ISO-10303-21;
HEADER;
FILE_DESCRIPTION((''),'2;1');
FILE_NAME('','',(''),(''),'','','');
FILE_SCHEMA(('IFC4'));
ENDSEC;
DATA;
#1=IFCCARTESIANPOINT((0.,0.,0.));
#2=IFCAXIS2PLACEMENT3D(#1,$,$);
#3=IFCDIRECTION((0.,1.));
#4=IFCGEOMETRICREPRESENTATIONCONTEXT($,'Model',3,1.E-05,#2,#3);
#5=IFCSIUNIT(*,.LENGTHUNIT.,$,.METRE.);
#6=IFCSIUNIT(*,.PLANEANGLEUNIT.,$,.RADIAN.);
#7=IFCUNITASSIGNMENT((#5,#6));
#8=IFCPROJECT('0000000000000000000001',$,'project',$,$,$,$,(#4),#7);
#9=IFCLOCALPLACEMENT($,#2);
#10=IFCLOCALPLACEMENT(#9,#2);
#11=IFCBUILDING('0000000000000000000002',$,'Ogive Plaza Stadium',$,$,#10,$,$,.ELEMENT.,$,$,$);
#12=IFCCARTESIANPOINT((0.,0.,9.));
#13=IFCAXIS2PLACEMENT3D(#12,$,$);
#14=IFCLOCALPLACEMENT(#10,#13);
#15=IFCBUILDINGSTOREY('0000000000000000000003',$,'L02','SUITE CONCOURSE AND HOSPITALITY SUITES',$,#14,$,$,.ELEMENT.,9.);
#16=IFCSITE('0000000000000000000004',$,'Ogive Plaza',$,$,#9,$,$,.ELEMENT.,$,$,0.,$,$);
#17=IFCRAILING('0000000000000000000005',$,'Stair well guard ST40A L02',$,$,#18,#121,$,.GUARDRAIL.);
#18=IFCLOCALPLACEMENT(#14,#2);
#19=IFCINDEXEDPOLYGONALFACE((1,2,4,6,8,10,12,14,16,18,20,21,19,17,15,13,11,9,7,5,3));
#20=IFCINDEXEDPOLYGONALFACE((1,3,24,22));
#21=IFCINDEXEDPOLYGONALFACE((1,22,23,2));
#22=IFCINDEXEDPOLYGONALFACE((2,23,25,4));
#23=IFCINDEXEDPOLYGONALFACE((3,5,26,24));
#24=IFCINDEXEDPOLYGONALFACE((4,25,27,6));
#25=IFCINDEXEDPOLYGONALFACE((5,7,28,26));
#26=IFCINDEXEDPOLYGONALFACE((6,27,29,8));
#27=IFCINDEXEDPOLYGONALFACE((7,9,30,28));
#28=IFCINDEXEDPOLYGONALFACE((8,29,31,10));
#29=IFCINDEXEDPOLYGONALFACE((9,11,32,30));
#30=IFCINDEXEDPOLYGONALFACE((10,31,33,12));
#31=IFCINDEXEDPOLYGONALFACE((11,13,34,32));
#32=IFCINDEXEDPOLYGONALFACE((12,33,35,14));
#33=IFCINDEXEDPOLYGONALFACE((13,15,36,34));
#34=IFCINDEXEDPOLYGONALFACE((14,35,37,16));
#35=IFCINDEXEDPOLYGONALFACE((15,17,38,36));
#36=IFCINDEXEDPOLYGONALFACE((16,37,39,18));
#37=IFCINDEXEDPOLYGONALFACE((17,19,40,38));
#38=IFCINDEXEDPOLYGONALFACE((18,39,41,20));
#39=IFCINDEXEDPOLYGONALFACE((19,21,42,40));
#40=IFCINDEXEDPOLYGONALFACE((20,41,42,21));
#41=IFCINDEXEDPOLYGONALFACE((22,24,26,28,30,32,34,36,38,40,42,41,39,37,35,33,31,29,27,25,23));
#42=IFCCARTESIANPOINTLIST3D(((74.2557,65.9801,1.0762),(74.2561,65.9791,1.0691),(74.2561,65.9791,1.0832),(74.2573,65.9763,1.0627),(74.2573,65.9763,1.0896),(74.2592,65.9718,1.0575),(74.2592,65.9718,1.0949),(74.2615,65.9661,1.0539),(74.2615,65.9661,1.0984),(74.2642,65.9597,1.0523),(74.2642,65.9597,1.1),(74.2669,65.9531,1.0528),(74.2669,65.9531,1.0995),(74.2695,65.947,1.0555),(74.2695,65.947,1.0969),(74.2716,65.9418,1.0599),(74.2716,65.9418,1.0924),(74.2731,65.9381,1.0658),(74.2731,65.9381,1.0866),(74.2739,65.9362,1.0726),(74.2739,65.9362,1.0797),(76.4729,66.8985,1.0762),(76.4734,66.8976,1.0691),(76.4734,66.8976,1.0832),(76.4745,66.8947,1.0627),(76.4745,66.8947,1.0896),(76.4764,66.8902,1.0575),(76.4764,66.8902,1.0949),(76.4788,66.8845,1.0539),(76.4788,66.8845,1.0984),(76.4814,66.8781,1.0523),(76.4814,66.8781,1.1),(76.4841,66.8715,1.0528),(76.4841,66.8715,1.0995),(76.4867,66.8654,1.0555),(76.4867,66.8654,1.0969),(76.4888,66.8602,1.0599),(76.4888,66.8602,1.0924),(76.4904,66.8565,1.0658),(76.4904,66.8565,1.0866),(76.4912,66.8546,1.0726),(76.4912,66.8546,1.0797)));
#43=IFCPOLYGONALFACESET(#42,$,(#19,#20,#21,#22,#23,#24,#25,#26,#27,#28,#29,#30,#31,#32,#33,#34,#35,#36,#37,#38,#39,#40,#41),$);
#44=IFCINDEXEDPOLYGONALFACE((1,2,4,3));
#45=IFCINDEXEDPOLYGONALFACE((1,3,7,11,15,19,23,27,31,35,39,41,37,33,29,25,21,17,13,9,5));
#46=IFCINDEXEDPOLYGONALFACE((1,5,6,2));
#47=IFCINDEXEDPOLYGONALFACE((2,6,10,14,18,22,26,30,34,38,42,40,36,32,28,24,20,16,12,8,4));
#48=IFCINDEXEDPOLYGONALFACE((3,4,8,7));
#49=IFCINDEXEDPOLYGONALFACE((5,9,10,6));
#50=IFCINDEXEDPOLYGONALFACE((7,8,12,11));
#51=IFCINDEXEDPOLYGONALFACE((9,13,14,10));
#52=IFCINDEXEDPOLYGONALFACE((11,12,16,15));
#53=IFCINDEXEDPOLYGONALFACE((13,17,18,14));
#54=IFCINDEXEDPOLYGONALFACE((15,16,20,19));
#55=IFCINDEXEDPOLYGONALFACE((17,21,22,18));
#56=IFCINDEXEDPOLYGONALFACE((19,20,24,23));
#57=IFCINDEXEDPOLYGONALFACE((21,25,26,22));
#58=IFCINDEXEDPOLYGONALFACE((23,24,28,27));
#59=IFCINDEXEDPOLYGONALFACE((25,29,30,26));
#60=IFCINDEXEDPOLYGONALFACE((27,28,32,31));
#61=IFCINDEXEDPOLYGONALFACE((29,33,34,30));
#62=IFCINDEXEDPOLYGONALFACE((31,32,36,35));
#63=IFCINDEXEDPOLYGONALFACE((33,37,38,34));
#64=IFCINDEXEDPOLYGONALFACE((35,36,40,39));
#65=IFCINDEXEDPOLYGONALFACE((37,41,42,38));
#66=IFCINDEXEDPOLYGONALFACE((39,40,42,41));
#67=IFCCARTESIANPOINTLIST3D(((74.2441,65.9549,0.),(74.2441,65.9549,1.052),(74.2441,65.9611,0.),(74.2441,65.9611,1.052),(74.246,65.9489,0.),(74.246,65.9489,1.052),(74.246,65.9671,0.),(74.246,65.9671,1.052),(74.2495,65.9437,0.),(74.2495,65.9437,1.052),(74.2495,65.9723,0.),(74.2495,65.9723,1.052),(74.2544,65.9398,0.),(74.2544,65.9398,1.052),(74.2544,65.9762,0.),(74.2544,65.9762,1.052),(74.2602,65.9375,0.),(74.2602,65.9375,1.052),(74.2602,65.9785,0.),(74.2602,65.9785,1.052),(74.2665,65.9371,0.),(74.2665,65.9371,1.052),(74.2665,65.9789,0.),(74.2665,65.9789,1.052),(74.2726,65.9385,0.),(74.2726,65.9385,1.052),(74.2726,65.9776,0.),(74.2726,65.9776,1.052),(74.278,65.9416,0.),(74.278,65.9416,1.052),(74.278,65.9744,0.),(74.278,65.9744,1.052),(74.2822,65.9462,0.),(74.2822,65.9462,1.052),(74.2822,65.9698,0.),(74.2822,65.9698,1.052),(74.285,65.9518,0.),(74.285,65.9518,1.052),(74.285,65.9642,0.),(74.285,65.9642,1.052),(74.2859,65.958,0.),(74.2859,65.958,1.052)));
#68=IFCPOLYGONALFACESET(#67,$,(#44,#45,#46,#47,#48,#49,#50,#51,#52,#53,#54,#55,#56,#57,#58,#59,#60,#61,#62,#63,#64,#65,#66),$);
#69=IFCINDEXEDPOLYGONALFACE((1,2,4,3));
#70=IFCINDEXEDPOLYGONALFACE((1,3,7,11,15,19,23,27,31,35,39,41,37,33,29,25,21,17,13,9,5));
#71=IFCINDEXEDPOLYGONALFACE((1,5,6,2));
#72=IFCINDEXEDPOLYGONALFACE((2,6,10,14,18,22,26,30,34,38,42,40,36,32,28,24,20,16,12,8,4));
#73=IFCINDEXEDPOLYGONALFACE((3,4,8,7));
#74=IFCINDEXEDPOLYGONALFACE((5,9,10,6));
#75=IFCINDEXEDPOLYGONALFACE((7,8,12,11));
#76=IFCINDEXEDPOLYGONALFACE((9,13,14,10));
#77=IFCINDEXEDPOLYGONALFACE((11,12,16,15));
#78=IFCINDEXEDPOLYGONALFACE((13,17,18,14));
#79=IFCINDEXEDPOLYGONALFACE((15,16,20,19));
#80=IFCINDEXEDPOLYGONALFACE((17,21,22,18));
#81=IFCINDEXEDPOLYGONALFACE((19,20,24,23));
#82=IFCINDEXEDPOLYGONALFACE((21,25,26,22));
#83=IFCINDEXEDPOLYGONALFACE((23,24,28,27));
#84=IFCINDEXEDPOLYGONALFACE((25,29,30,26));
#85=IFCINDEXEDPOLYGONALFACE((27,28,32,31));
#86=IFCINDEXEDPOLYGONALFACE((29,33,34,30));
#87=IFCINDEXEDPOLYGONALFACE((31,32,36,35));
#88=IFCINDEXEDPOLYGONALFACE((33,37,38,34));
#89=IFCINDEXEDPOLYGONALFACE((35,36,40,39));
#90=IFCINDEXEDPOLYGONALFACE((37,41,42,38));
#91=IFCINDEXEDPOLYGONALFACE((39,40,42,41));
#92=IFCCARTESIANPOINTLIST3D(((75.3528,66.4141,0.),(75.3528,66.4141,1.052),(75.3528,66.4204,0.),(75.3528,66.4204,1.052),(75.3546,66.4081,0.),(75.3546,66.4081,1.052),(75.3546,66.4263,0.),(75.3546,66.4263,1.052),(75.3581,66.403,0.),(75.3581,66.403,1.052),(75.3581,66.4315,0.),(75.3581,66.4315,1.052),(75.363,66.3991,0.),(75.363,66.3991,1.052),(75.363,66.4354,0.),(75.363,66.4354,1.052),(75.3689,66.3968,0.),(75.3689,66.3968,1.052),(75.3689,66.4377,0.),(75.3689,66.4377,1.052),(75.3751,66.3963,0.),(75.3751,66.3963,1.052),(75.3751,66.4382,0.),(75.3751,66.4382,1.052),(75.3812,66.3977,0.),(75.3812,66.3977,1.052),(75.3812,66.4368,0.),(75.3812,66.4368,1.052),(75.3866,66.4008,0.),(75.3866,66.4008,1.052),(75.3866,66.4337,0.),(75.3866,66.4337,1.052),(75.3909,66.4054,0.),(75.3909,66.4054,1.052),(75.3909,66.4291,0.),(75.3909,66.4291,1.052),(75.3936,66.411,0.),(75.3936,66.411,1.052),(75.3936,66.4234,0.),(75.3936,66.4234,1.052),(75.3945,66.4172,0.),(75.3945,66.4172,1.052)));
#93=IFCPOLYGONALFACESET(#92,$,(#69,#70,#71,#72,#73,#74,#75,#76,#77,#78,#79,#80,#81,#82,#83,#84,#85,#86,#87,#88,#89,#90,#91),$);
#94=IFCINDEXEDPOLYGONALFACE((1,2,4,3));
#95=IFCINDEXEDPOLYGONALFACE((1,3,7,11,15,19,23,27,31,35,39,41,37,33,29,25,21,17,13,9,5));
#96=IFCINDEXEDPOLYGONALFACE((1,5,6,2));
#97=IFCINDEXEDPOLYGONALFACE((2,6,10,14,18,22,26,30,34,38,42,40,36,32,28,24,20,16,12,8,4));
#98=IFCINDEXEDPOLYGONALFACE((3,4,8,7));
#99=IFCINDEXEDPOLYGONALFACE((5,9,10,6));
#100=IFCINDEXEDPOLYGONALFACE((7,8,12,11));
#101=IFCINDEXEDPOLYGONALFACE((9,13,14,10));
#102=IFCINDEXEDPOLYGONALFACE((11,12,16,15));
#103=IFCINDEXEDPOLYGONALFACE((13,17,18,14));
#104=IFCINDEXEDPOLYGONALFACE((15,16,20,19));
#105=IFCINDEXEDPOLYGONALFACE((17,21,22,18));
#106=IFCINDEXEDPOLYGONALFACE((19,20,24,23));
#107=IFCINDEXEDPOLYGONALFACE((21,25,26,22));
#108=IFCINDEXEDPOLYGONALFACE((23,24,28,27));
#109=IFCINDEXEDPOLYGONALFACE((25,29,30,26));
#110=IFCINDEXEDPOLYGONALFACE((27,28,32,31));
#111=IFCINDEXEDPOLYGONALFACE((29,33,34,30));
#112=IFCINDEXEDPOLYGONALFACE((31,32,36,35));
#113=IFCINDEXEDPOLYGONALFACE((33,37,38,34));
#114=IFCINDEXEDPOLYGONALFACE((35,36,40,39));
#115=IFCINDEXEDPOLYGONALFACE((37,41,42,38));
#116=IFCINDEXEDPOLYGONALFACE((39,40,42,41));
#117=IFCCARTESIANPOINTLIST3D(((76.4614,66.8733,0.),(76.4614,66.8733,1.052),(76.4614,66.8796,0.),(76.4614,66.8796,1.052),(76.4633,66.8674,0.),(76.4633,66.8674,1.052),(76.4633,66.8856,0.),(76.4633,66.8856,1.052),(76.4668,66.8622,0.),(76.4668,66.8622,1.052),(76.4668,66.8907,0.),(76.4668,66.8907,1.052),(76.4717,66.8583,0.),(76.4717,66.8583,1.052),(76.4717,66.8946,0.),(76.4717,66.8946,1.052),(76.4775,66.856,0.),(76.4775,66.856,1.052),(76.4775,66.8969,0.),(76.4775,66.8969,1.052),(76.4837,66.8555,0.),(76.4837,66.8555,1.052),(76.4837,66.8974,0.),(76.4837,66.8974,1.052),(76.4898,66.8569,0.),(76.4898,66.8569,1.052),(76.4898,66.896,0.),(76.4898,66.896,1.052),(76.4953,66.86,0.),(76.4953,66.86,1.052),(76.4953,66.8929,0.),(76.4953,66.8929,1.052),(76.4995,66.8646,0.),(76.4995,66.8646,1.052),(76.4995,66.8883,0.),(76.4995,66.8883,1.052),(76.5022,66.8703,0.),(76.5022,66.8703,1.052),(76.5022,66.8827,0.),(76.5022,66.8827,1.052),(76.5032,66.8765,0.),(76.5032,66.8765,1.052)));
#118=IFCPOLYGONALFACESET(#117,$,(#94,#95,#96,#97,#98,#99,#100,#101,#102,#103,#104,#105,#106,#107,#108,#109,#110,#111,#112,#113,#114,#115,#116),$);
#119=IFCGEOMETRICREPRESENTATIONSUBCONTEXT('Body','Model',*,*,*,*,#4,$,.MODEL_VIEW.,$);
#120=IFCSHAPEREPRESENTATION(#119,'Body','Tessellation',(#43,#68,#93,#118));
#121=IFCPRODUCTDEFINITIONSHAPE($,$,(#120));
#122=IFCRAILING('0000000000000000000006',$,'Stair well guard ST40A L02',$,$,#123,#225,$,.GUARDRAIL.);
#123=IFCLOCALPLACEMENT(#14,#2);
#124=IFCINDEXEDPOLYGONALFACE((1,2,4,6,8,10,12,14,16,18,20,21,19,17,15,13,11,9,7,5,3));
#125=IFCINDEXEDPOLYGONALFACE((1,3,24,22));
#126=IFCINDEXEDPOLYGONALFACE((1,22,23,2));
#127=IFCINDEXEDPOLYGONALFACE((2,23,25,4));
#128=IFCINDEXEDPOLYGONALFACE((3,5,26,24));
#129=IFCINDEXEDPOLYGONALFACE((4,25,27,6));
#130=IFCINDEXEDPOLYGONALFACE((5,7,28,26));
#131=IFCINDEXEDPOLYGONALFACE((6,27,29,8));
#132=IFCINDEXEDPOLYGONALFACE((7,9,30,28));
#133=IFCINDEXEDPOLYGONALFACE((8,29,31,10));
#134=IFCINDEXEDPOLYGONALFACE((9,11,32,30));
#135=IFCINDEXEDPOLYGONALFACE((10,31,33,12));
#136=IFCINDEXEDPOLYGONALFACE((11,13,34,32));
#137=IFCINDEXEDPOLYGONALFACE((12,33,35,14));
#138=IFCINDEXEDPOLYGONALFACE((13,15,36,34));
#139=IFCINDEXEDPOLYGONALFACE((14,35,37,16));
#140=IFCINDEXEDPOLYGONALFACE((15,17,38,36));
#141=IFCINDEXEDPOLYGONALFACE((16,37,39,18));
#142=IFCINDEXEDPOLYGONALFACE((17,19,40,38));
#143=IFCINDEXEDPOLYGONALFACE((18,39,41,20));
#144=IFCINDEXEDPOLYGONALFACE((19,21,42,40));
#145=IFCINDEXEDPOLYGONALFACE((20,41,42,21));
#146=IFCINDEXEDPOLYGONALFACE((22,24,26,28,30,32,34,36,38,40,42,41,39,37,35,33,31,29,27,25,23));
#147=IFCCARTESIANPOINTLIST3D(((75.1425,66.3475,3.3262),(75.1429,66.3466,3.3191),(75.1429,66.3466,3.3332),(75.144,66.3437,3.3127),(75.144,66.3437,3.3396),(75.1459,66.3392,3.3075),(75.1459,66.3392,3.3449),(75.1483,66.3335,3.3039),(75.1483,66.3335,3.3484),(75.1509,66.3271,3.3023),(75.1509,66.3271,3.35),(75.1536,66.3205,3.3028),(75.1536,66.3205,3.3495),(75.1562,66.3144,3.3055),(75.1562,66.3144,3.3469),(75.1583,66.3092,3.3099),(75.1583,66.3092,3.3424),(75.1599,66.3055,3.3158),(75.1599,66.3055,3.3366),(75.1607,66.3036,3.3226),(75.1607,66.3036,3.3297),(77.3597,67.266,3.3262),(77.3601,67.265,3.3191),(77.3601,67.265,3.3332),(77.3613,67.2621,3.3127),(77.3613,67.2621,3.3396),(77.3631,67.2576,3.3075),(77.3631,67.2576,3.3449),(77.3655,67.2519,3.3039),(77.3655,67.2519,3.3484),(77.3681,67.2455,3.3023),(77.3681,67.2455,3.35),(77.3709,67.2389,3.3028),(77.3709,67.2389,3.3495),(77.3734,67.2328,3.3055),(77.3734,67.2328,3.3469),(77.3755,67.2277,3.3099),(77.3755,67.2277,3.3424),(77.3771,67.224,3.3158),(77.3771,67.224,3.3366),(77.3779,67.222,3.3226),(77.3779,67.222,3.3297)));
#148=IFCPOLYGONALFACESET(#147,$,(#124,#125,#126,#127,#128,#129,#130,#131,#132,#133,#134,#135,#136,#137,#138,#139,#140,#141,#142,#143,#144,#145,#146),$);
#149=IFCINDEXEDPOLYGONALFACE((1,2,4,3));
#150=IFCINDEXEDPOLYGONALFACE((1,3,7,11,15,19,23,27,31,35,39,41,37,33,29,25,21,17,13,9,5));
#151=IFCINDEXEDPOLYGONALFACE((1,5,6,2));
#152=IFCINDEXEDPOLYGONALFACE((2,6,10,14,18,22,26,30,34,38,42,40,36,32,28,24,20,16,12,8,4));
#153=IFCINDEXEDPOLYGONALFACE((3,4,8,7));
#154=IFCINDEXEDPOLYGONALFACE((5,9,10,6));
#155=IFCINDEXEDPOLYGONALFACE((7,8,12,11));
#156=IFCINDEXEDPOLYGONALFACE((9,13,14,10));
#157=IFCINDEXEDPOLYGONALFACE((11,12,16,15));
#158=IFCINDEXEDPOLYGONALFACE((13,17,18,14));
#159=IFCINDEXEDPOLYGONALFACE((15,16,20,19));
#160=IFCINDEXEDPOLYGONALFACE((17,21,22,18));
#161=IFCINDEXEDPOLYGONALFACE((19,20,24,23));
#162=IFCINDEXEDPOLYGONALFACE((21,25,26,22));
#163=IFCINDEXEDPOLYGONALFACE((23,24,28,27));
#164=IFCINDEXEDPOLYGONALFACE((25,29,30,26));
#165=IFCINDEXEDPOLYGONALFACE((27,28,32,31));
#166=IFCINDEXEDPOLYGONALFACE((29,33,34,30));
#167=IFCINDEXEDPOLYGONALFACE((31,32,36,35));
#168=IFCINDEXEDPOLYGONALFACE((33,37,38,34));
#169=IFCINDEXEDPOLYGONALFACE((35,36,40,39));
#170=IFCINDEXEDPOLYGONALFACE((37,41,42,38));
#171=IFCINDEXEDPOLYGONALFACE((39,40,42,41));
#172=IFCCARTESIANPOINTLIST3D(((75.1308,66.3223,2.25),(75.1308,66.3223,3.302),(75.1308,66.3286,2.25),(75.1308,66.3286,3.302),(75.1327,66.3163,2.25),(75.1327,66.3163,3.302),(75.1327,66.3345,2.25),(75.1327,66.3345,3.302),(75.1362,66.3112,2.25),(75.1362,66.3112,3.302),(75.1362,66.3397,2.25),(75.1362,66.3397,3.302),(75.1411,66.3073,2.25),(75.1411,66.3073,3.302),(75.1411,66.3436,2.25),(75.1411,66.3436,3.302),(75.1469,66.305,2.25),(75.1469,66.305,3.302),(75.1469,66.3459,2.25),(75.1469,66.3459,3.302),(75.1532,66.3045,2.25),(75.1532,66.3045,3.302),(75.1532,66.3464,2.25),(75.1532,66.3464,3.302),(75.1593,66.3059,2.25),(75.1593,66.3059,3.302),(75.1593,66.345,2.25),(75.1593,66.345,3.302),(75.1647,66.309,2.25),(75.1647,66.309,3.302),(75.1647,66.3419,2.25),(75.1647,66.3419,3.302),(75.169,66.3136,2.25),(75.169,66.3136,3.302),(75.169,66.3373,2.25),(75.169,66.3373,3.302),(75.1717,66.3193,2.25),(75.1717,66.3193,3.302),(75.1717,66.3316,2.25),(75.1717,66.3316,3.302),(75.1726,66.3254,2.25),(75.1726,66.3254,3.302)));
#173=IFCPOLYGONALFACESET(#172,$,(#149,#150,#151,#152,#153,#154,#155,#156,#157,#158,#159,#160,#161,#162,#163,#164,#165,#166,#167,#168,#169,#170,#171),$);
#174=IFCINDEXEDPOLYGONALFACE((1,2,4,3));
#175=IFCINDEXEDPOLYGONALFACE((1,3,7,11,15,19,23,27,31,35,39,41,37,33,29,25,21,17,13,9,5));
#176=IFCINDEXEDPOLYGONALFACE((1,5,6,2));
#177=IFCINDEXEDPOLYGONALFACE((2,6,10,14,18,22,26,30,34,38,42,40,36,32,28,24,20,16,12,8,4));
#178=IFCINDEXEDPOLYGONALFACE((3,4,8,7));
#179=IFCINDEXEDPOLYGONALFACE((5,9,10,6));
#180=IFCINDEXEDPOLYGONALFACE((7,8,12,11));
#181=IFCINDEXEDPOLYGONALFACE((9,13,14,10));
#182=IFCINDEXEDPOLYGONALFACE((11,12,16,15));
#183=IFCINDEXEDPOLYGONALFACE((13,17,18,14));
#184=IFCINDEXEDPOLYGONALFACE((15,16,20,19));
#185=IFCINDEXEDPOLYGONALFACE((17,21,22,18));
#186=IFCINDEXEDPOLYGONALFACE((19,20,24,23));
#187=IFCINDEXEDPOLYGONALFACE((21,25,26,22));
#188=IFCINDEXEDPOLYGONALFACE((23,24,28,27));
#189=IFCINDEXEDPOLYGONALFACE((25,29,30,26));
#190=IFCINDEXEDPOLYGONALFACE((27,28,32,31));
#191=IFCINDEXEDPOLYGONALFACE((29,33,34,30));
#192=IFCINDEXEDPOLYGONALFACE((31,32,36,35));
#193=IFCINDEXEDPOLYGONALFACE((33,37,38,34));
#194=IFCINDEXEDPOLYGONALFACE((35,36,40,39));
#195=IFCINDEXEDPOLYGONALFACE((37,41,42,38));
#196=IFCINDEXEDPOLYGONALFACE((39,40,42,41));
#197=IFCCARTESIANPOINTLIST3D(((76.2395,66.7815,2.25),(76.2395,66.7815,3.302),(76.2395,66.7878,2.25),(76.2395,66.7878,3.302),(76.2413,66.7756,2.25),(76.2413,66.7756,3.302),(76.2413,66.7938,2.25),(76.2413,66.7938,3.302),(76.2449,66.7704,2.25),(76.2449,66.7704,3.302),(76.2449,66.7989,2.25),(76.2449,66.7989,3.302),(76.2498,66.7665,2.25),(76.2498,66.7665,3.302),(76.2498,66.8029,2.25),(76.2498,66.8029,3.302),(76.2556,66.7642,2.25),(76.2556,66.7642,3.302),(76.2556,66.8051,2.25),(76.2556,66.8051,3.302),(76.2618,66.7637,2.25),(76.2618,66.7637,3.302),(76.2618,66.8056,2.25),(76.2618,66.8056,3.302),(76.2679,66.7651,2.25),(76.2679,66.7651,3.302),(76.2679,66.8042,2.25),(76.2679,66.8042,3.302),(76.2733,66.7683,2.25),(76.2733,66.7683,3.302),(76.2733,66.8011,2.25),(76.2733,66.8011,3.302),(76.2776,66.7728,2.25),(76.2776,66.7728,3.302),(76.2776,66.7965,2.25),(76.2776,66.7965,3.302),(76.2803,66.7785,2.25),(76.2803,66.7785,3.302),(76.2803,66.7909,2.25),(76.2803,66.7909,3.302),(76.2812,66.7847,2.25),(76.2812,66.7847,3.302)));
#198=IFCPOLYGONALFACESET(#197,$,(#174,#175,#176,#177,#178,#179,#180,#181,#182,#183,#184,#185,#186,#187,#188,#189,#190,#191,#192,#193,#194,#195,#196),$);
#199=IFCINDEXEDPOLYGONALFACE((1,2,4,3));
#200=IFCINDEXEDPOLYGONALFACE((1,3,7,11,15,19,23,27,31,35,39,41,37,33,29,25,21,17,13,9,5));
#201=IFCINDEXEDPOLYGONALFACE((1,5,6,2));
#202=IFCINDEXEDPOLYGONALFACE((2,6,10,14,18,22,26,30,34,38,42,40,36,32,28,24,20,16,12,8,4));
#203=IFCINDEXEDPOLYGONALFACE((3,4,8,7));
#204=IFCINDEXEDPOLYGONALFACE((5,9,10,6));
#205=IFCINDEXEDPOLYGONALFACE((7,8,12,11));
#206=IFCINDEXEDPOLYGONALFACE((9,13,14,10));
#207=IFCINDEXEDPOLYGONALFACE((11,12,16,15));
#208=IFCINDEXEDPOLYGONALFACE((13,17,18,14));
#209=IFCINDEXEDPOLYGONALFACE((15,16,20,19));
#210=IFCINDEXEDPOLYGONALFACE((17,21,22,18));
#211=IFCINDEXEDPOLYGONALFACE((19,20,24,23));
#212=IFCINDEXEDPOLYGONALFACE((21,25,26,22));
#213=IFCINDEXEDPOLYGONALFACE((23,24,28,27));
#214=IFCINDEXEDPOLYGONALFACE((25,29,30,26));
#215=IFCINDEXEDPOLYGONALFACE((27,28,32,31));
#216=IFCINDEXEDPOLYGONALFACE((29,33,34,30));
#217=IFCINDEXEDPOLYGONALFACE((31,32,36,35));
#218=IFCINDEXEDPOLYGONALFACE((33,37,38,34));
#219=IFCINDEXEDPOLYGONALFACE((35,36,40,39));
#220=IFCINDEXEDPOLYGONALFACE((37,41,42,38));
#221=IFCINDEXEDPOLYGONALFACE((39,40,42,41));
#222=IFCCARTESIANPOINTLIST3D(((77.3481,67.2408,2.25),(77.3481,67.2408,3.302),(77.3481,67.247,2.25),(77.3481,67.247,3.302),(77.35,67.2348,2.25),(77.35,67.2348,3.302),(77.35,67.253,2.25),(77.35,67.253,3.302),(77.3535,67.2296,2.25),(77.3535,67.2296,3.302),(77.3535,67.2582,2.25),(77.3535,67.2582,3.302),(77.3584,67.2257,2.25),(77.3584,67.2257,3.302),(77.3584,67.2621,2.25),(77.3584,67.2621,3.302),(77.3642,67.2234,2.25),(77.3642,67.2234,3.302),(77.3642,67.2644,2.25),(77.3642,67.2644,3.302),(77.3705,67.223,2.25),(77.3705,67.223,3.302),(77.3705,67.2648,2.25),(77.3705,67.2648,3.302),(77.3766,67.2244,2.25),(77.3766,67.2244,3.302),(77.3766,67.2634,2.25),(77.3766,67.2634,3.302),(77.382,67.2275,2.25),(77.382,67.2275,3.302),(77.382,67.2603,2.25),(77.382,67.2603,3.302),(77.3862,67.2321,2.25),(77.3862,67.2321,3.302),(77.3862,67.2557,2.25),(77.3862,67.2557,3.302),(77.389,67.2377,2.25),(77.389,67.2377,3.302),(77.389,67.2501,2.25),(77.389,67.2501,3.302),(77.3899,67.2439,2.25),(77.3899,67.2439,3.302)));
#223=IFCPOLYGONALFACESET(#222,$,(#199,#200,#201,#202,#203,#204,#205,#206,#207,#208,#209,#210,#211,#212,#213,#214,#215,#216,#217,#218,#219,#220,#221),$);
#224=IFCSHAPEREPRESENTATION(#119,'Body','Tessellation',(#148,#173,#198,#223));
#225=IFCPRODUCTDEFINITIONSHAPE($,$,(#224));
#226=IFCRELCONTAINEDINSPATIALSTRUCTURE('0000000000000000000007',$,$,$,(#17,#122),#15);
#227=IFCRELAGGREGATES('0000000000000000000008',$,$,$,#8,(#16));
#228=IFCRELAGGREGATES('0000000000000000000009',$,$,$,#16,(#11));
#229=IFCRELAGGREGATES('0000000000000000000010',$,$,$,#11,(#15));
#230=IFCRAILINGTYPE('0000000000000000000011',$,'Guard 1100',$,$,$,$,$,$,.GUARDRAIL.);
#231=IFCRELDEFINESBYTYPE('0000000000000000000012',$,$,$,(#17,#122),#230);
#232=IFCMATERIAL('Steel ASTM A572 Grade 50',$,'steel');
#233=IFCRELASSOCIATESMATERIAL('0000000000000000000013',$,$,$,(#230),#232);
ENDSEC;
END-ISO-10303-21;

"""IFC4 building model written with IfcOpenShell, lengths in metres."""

from ifc_helpers import new_model, si_unit, direction, frame, origin, origin_2d, place, context, subcontext, project, spatial, circle, extrude, material, type_object, element, save


model = new_model("IFC4")

# Units and contexts
model_context = context("Model", 3, precision=1e-05, world=origin(), true_north=direction((0.0, 1.0)))
body_context = subcontext(model_context, "Body", "Model", "MODEL_VIEW")
ifc_project = project(units=[si_unit("LENGTHUNIT", "METRE"), si_unit("PLANEANGLEUNIT", "RADIAN")], contexts=[model_context])

# Site, building, storey
site_placement = place(None, origin())
site = spatial("IfcSite", under=ifc_project, at=site_placement, Name="Ogive Plaza", CompositionType="ELEMENT", RefElevation=0.0)
building_placement = place(site_placement, origin())
building = spatial("IfcBuilding", under=site, at=building_placement, Name="Ogive Plaza Stadium", CompositionType="ELEMENT")
storey_placement = place(building_placement, frame((0.0, 0.0, 9.0)))
storey = spatial("IfcBuildingStorey", under=building, at=storey_placement, Name="L02", Description="SUITE CONCOURSE AND HOSPITALITY SUITES", CompositionType="ELEMENT", Elevation=9.0)

# Railings
ifc_material_1 = material(Name="Steel ASTM A572 Grade 50", Category="steel")
railing_type_1 = type_object("IfcRailingType", Name="Guard 1100", PredefinedType="GUARDRAIL", material=ifc_material_1)
for number, where, name in (
    (1, (74.2649, 65.958, 0.0), "Stair well guard ST40A L02"),
    (2, (75.1516, 66.3254, 2.25), "Stair well guard ST40A L02"),
):
    element("IfcRailing", number, at=place(storey_placement, frame(where)), inside=storey, type_object=railing_type_1, Name=name, PredefinedType="GUARDRAIL", context=body_context, shape_type="SweptSolid", body=[
        extrude(circle(Radius=0.0239, at=origin_2d()), frame((0.0, 0.0, 1.0762), z_axis=(0.923875, 0.382693, 0.0), x_axis=(-0.382693, 0.923875, 0.0)), (0.0, 0.0, 1.0), 2.3999),
        extrude(circle(Radius=0.021, at=origin_2d()), origin(), (0.0, 0.0, 1.0), 1.052),
        extrude(circle(Radius=0.021, at=origin_2d()), frame((1.1086, 0.4592, 0.0)), (0.0, 0.0, 1.0), 1.052),
        extrude(circle(Radius=0.021, at=origin_2d()), frame((2.2173, 0.9185, 0.0)), (0.0, 0.0, 1.0), 1.052),
    ])

save(model, "model.ifc")
